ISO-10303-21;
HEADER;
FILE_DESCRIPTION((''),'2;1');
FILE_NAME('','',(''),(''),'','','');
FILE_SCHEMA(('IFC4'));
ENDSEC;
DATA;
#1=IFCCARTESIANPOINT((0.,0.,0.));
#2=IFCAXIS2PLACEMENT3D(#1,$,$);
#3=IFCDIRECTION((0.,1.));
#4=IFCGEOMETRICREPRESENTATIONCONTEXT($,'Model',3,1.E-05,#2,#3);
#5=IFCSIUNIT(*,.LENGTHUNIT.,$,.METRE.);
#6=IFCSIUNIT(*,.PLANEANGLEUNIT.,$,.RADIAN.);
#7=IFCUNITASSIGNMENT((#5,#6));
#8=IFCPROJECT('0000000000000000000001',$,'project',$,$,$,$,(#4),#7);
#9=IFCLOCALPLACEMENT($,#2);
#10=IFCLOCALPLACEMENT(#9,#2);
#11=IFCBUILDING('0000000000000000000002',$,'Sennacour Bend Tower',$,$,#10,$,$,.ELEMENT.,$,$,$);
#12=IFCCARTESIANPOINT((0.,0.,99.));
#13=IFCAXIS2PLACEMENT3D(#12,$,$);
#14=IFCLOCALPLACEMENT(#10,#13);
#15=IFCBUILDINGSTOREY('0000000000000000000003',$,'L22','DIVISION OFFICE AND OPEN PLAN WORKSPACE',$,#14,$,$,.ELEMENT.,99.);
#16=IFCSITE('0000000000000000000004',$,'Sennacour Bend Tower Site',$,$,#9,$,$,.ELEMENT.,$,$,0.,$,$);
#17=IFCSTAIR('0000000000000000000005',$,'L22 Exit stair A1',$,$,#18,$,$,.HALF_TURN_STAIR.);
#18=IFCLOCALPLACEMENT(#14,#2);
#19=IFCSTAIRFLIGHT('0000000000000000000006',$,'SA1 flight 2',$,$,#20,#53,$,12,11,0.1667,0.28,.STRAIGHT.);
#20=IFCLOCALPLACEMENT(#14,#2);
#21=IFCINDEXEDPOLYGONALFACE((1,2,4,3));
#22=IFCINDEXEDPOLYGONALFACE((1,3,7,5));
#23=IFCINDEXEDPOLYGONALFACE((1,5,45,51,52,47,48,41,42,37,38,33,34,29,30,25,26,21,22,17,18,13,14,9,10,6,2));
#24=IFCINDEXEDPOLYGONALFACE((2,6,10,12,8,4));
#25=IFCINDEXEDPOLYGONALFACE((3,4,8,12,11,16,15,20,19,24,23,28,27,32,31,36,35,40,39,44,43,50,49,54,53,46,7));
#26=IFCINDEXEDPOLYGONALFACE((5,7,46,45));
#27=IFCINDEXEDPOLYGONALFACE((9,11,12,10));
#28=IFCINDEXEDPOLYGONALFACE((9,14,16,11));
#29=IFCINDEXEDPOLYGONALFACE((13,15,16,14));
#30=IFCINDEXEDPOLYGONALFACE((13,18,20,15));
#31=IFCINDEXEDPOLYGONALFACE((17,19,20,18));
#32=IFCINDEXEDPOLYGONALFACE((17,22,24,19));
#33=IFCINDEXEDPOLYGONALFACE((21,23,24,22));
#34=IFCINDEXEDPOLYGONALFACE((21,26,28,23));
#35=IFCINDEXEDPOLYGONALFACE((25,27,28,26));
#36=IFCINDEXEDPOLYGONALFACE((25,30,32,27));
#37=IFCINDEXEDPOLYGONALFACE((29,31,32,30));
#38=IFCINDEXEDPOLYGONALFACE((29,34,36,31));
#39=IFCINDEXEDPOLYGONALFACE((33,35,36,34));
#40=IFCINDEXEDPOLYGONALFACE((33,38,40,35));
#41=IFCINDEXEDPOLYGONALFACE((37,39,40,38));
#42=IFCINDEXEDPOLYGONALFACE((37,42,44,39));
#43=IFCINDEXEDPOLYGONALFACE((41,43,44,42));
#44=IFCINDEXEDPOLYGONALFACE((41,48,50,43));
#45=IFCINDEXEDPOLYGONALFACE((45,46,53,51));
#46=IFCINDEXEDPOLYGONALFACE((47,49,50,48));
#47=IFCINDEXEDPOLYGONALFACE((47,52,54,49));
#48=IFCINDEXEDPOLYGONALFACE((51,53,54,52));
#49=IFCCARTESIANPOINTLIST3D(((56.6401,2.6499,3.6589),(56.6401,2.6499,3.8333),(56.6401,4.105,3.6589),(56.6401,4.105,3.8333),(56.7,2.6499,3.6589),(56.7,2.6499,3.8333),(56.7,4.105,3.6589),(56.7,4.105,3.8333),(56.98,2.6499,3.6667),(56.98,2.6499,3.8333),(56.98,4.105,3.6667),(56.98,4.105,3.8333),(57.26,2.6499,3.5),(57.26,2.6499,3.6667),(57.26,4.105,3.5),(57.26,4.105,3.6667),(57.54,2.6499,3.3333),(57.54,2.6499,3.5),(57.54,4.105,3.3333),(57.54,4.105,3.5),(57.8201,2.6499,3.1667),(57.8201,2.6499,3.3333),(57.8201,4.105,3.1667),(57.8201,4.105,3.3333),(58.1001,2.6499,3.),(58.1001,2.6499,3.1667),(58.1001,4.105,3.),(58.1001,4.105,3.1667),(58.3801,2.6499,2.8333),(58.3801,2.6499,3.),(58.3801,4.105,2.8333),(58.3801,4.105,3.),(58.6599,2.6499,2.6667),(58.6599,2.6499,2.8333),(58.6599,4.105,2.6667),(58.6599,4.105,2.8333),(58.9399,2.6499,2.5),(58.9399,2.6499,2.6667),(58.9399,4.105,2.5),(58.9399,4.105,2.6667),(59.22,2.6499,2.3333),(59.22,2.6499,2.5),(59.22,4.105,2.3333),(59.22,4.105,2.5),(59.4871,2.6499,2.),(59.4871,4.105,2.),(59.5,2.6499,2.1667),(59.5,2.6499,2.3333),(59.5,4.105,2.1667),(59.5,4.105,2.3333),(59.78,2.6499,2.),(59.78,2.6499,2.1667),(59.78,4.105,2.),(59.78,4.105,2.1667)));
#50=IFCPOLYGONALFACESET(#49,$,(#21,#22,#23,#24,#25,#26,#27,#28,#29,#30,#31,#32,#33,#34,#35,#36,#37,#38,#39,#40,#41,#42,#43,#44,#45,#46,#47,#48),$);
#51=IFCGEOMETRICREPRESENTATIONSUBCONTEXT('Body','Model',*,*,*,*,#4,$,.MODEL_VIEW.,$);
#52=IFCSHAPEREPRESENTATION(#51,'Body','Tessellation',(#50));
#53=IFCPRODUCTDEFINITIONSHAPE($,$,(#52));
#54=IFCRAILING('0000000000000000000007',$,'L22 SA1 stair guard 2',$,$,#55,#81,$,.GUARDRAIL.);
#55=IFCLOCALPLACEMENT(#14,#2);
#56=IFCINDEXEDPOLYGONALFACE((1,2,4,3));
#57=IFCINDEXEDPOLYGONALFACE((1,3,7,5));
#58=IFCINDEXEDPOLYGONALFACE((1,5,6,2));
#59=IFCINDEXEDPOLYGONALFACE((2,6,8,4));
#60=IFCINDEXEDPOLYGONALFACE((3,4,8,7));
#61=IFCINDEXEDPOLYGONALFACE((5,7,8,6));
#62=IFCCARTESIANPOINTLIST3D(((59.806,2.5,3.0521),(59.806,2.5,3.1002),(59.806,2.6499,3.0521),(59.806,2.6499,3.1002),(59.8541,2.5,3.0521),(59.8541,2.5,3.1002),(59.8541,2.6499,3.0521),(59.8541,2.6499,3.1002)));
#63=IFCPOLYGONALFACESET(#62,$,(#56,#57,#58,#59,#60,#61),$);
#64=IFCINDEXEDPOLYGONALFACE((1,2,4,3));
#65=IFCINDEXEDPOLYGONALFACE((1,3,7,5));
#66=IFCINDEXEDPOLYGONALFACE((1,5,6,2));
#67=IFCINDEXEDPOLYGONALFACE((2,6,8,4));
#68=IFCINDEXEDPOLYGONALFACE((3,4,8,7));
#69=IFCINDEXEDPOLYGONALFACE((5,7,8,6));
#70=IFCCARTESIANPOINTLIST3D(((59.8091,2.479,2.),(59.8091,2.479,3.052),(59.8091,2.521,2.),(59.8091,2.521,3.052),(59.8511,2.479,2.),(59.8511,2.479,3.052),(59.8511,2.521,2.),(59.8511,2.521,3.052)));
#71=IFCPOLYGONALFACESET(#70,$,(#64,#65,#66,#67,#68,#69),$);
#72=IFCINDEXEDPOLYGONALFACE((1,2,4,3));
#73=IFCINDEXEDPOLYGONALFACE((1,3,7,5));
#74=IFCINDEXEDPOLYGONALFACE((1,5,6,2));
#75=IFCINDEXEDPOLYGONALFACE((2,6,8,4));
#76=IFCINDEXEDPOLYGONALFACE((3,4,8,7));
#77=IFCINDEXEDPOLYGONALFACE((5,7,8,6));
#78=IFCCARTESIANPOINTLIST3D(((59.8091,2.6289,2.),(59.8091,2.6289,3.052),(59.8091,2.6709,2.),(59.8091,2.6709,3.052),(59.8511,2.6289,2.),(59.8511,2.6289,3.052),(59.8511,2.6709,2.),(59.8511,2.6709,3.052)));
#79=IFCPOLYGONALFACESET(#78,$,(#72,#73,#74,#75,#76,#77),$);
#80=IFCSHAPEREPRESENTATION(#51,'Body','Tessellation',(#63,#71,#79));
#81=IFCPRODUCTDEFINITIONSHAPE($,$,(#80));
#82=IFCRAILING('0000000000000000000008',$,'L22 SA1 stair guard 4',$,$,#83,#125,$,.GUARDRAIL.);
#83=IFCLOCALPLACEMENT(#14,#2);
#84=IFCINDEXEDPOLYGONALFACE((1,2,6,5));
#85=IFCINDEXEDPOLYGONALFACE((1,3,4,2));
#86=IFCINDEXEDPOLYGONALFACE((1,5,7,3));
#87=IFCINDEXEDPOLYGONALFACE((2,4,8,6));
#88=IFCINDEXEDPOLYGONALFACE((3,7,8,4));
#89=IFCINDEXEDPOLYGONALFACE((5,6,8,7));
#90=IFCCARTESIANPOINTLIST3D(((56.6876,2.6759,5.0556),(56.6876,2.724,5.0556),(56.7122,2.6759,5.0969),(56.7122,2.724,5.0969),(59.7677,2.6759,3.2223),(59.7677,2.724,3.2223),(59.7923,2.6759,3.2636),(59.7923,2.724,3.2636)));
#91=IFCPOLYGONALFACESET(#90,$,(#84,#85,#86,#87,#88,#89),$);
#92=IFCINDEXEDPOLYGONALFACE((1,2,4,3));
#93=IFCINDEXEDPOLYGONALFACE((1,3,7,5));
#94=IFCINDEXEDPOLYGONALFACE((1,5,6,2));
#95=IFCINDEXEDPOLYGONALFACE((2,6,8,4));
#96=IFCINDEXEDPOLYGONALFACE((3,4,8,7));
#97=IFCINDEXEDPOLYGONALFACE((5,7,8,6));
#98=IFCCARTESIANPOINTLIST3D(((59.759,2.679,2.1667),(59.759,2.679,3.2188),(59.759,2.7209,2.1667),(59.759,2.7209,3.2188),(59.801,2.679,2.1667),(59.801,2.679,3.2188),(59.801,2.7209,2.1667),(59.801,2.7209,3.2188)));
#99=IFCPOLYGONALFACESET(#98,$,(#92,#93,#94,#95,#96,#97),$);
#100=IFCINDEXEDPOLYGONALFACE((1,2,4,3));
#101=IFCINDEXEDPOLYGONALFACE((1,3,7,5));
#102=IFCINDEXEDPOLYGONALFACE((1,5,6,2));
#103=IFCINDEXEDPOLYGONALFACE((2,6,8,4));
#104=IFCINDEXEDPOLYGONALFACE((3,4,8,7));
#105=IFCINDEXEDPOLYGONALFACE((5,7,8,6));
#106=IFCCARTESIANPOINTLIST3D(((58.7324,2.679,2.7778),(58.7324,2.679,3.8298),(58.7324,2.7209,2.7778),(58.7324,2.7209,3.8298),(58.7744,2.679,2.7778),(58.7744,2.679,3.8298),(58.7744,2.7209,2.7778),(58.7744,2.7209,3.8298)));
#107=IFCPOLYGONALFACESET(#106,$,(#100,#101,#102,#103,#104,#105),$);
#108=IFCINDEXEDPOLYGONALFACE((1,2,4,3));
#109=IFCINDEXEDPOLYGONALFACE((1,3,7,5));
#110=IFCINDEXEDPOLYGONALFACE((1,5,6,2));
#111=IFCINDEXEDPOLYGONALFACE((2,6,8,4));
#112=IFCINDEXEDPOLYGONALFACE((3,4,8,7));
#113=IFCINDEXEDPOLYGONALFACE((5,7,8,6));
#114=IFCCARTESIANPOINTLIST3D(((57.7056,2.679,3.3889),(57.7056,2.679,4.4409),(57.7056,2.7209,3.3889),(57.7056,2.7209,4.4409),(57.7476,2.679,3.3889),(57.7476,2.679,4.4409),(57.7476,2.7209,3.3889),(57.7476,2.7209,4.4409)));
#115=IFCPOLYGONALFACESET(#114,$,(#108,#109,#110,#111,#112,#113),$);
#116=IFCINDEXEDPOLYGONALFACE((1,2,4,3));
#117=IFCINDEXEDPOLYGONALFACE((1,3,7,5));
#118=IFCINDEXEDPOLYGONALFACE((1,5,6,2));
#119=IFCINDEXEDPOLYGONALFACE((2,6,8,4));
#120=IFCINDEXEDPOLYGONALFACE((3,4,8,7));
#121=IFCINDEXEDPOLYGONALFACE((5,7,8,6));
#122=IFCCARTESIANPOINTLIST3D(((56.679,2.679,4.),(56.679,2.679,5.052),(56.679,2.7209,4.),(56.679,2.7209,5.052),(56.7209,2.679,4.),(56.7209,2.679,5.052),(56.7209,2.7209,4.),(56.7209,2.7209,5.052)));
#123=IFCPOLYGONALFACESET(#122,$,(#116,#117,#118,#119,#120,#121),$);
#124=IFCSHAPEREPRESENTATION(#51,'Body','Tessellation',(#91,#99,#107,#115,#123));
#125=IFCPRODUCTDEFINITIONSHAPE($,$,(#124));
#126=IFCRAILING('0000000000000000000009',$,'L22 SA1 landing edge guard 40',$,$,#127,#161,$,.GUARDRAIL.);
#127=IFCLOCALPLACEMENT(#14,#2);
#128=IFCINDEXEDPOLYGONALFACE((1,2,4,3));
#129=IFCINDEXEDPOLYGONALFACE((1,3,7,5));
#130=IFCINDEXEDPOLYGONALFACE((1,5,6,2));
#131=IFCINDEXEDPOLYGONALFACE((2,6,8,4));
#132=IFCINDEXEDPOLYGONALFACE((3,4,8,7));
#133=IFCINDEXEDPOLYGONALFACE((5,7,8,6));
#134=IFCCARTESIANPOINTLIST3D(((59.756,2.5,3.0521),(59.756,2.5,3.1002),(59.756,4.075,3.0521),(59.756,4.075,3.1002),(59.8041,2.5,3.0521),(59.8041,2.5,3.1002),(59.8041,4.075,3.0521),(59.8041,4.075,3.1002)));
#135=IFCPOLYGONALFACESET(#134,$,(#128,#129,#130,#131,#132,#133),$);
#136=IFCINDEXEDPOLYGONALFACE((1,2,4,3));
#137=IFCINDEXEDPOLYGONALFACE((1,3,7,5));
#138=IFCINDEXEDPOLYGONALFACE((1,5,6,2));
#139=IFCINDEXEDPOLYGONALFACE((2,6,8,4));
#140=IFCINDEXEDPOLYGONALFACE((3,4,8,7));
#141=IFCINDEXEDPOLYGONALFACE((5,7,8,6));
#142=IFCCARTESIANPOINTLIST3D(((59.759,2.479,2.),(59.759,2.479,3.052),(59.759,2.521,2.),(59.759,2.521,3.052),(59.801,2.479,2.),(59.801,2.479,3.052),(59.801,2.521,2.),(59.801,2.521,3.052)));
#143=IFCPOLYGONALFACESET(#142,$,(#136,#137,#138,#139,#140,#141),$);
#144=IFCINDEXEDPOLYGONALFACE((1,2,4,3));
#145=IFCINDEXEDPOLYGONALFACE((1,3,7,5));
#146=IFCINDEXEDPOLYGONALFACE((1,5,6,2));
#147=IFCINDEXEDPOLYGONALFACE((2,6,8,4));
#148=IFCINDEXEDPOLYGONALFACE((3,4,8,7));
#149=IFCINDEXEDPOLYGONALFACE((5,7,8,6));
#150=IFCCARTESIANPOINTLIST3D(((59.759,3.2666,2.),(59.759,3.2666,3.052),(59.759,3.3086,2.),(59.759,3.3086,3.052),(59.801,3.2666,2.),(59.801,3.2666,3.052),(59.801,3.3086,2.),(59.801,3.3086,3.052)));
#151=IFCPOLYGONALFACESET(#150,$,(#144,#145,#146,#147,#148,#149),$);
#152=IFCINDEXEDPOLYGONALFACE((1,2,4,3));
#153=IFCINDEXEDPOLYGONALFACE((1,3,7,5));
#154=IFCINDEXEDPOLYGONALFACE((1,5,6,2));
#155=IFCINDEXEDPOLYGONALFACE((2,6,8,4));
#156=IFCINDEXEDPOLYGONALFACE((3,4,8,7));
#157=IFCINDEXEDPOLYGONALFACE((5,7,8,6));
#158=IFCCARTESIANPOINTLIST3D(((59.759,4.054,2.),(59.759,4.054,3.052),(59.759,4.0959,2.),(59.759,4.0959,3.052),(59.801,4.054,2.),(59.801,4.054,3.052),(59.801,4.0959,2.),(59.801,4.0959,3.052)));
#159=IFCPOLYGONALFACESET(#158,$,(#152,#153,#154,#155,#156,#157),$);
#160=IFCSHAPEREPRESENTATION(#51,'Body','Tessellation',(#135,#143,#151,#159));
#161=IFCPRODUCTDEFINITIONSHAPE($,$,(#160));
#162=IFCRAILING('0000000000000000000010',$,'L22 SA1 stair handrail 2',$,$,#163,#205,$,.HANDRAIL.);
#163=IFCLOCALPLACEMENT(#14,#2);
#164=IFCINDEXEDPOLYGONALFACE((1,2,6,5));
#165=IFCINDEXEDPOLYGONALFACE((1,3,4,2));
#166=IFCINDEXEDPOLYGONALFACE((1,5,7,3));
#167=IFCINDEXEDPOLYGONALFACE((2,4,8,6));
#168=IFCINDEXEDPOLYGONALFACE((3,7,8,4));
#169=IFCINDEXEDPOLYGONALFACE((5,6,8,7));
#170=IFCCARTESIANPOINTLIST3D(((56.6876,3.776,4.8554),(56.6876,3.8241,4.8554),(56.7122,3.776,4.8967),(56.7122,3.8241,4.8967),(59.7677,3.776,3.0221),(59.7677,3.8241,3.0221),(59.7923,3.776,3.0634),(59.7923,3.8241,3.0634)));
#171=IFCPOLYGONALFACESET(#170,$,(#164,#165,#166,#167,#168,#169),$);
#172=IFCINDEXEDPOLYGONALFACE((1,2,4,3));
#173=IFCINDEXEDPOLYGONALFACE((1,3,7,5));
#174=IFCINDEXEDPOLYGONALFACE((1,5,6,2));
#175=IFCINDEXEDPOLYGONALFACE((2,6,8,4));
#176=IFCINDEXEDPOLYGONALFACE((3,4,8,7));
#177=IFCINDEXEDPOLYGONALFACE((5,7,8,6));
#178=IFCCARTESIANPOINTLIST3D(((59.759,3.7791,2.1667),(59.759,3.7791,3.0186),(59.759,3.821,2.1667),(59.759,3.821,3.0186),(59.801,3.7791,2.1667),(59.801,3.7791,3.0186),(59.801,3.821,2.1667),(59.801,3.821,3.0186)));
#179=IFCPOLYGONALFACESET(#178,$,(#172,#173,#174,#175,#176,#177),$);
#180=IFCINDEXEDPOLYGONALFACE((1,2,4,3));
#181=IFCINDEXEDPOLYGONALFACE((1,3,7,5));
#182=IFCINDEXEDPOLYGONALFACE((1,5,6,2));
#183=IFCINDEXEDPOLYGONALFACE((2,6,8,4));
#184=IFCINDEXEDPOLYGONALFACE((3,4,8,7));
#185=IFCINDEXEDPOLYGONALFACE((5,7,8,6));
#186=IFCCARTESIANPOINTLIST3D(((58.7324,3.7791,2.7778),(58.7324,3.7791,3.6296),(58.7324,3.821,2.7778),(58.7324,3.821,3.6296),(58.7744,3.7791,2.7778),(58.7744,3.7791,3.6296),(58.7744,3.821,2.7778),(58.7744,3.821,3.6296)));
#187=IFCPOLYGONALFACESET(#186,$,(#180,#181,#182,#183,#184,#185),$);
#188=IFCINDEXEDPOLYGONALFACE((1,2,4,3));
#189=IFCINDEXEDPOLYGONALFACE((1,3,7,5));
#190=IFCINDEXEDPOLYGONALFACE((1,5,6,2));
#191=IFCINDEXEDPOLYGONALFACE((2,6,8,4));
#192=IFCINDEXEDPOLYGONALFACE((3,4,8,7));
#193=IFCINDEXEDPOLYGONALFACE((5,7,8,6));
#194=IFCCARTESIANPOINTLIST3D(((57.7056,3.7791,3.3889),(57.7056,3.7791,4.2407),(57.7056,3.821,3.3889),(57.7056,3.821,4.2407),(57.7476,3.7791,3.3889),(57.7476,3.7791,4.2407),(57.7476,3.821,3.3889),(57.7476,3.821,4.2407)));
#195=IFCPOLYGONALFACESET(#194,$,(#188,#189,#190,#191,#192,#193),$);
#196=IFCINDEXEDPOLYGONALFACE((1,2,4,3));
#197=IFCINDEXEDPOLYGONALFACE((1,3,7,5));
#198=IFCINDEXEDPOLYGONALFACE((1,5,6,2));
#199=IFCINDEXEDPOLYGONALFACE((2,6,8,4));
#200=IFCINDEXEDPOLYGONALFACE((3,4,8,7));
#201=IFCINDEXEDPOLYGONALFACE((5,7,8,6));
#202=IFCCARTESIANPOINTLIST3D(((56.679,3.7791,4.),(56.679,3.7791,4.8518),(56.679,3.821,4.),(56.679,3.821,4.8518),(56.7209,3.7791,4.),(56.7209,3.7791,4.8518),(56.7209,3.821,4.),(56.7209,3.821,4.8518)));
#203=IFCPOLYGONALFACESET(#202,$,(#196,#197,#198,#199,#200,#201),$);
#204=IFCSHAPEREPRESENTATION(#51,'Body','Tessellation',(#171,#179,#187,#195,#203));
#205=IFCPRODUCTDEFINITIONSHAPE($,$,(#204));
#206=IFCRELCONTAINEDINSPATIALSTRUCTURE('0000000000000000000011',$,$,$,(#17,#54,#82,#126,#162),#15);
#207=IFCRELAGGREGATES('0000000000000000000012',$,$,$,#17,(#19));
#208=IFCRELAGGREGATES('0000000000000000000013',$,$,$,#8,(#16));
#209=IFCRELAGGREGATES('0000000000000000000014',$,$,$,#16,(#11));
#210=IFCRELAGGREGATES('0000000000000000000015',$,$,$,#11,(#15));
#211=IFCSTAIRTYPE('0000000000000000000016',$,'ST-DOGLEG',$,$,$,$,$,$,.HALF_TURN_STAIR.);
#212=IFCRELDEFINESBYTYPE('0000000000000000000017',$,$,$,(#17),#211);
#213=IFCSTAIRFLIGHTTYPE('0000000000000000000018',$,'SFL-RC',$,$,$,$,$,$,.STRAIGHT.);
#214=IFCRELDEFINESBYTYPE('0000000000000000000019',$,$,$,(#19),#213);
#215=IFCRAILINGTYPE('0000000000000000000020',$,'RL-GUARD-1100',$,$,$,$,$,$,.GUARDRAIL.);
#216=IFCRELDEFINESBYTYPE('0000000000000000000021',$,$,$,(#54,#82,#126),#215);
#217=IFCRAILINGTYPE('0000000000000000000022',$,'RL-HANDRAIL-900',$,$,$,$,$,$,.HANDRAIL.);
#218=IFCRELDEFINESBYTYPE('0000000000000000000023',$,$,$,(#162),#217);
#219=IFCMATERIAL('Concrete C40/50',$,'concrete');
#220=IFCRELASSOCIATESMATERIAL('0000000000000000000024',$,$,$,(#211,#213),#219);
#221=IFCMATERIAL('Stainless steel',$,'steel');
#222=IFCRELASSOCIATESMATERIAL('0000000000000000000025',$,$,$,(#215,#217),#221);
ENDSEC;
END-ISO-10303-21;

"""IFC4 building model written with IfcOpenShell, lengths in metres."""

from ifc_helpers import new_model, si_unit, direction, frame, origin, origin_2d, place, context, subcontext, project, spatial, polyline, rectangle, outline, extrude, material, type_object, element, aggregate, save


model = new_model("IFC4")

# Units and contexts
model_context = context("Model", 3, precision=1e-05, world=origin(), true_north=direction((0.0, 1.0)))
body_context = subcontext(model_context, "Body", "Model", "MODEL_VIEW")
ifc_project = project(units=[si_unit("LENGTHUNIT", "METRE"), si_unit("PLANEANGLEUNIT", "RADIAN")], contexts=[model_context])

# Site, building, storey
site_placement = place(None, origin())
site = spatial("IfcSite", under=ifc_project, at=site_placement, Name="Sennacour Bend Tower Site", CompositionType="ELEMENT", RefElevation=0.0)
building_placement = place(site_placement, origin())
building = spatial("IfcBuilding", under=site, at=building_placement, Name="Sennacour Bend Tower", CompositionType="ELEMENT")
storey_placement = place(building_placement, frame((0.0, 0.0, 99.0)))
storey = spatial("IfcBuildingStorey", under=building, at=storey_placement, Name="L22", Description="DIVISION OFFICE AND OPEN PLAN WORKSPACE", CompositionType="ELEMENT", Elevation=99.0)

# Shared definitions
ifc_material_1 = material(Name="Stainless steel", Category="steel")

# Stair, stair flight
ifc_material_2 = material(Name="Concrete C40/50", Category="concrete")
stair_type = type_object("IfcStairType", Name="ST-DOGLEG", PredefinedType="HALF_TURN_STAIR", material=ifc_material_2)
stair_placement = place(storey_placement, origin())
stair = element("IfcStair", 1, at=stair_placement, inside=storey, type_object=stair_type, Name="L22 Exit stair A1", PredefinedType="HALF_TURN_STAIR")
stair_flight_type = type_object("IfcStairFlightType", Name="SFL-RC", PredefinedType="STRAIGHT", material=ifc_material_2)
stair_flight_placement = place(storey_placement, frame((59.78, 3.3774, 2.0), z_axis=(0.0, 0.0, 1.0), x_axis=(-1.0, 0.0, 0.0)))
stair_flight = element("IfcStairFlight", 2, at=stair_flight_placement, type_object=stair_flight_type, Name="SA1 flight 2", NumberOfRisers=12, NumberOfTreads=11, PredefinedType="STRAIGHT", RiserHeight=0.1667, TreadLength=0.28, context=body_context, shape_type="SweptSolid", body=[
    extrude(outline(polyline([(0.0, 0.0), (0.0, 0.1667), (0.28, 0.1667), (0.28, 0.3333), (0.5601, 0.3333), (0.5601, 0.5), (0.8401, 0.5), (0.8401, 0.6667), (1.1201, 0.6667), (1.1201, 0.8333), (1.3999, 0.8333), (1.3999, 1.0), (1.6799, 1.0), (1.6799, 1.1667), (1.96, 1.1667), (1.96, 1.3333), (2.24, 1.3333), (2.24, 1.5), (2.52, 1.5), (2.52, 1.6667), (2.8, 1.6667), (2.8, 1.8333), (3.0801, 1.8333), (3.1399, 1.8333), (3.1399, 1.6589), (3.0801, 1.6589), (0.293, 0.0), (0.0, 0.0)])), frame((0.0, 0.7275, 0.0), z_axis=(0.0, -1.0, 0.0), x_axis=(1.0, 0.0, 0.0)), (0.0, 0.0, 1.0), 1.4551),
])
aggregate(stair, [stair_flight])

# Railings
railing_type_1 = type_object("IfcRailingType", Name="RL-GUARD-1100", PredefinedType="GUARDRAIL", material=ifc_material_1)
railing_1_placement = place(storey_placement, frame((59.8301, 2.5, 2.0)))
element("IfcRailing", 3, at=railing_1_placement, inside=storey, type_object=railing_type_1, Name="L22 SA1 stair guard 2", PredefinedType="GUARDRAIL", context=body_context, shape_type="SweptSolid", body=[
    extrude(rectangle(XDim=0.0481, YDim=0.0481, at=origin_2d()), frame((0.0, 0.0, 1.0762), z_axis=(0.0, 1.0, 0.0), x_axis=(-1.0, 0.0, 0.0)), (0.0, 0.0, 1.0), 0.1499),
    extrude(rectangle(XDim=0.042, YDim=0.042, at=origin_2d()), origin(), (0.0, 0.0, 1.0), 1.052),
    extrude(rectangle(XDim=0.042, YDim=0.042, at=origin_2d()), frame((0.0, 0.1499, 0.0)), (0.0, 0.0, 1.0), 1.052),
])
railing_2_placement = place(storey_placement, frame((59.78, 2.7, 2.1667)))
element("IfcRailing", 4, at=railing_2_placement, inside=storey, type_object=railing_type_1, Name="L22 SA1 stair guard 4", PredefinedType="GUARDRAIL", context=body_context, shape_type="SweptSolid", body=[
    extrude(rectangle(XDim=0.0481, YDim=0.0481, at=origin_2d()), frame((0.0, 0.0, 1.0762), z_axis=(-0.859309, 0.0, 0.511458), x_axis=(0.0, -1.0, 0.0)), (0.0, 0.0, 1.0), 3.5845),
    extrude(rectangle(XDim=0.042, YDim=0.042, at=origin_2d()), origin(), (0.0, 0.0, 1.0), 1.052),
    extrude(rectangle(XDim=0.042, YDim=0.042, at=origin_2d()), frame((-1.0266, 0.0, 0.6111)), (0.0, 0.0, 1.0), 1.052),
    extrude(rectangle(XDim=0.042, YDim=0.042, at=origin_2d()), frame((-2.0535, 0.0, 1.2222)), (0.0, 0.0, 1.0), 1.052),
    extrude(rectangle(XDim=0.042, YDim=0.042, at=origin_2d()), frame((-3.0801, 0.0, 1.8333)), (0.0, 0.0, 1.0), 1.052),
])
railing_3_placement = place(storey_placement, frame((59.78, 2.5, 2.0)))
element("IfcRailing", 5, at=railing_3_placement, inside=storey, type_object=railing_type_1, Name="L22 SA1 landing edge guard 40", PredefinedType="GUARDRAIL", context=body_context, shape_type="SweptSolid", body=[
    extrude(rectangle(XDim=0.0481, YDim=0.0481, at=origin_2d()), frame((0.0, 0.0, 1.0762), z_axis=(0.0, 1.0, 0.0), x_axis=(-1.0, 0.0, 0.0)), (0.0, 0.0, 1.0), 1.575),
    extrude(rectangle(XDim=0.042, YDim=0.042, at=origin_2d()), origin(), (0.0, 0.0, 1.0), 1.052),
    extrude(rectangle(XDim=0.042, YDim=0.042, at=origin_2d()), frame((0.0, 0.7876, 0.0)), (0.0, 0.0, 1.0), 1.052),
    extrude(rectangle(XDim=0.042, YDim=0.042, at=origin_2d()), frame((0.0, 1.575, 0.0)), (0.0, 0.0, 1.0), 1.052),
])
railing_type_2 = type_object("IfcRailingType", Name="RL-HANDRAIL-900", PredefinedType="HANDRAIL", material=ifc_material_1)
railing_4_placement = place(storey_placement, frame((59.78, 3.8, 2.1667)))
element("IfcRailing", 6, at=railing_4_placement, inside=storey, type_object=railing_type_2, Name="L22 SA1 stair handrail 2", PredefinedType="HANDRAIL", context=body_context, shape_type="SweptSolid", body=[
    extrude(rectangle(XDim=0.0481, YDim=0.0481, at=origin_2d()), frame((0.0, 0.0, 0.876), z_axis=(-0.859309, 0.0, 0.511458), x_axis=(0.0, -1.0, 0.0)), (0.0, 0.0, 1.0), 3.5845),
    extrude(rectangle(XDim=0.042, YDim=0.042, at=origin_2d()), origin(), (0.0, 0.0, 1.0), 0.8518),
    extrude(rectangle(XDim=0.042, YDim=0.042, at=origin_2d()), frame((-1.0266, 0.0, 0.6111)), (0.0, 0.0, 1.0), 0.8518),
    extrude(rectangle(XDim=0.042, YDim=0.042, at=origin_2d()), frame((-2.0535, 0.0, 1.2222)), (0.0, 0.0, 1.0), 0.8518),
    extrude(rectangle(XDim=0.042, YDim=0.042, at=origin_2d()), frame((-3.0801, 0.0, 1.8333)), (0.0, 0.0, 1.0), 0.8518),
])

save(model, "model.ifc")
